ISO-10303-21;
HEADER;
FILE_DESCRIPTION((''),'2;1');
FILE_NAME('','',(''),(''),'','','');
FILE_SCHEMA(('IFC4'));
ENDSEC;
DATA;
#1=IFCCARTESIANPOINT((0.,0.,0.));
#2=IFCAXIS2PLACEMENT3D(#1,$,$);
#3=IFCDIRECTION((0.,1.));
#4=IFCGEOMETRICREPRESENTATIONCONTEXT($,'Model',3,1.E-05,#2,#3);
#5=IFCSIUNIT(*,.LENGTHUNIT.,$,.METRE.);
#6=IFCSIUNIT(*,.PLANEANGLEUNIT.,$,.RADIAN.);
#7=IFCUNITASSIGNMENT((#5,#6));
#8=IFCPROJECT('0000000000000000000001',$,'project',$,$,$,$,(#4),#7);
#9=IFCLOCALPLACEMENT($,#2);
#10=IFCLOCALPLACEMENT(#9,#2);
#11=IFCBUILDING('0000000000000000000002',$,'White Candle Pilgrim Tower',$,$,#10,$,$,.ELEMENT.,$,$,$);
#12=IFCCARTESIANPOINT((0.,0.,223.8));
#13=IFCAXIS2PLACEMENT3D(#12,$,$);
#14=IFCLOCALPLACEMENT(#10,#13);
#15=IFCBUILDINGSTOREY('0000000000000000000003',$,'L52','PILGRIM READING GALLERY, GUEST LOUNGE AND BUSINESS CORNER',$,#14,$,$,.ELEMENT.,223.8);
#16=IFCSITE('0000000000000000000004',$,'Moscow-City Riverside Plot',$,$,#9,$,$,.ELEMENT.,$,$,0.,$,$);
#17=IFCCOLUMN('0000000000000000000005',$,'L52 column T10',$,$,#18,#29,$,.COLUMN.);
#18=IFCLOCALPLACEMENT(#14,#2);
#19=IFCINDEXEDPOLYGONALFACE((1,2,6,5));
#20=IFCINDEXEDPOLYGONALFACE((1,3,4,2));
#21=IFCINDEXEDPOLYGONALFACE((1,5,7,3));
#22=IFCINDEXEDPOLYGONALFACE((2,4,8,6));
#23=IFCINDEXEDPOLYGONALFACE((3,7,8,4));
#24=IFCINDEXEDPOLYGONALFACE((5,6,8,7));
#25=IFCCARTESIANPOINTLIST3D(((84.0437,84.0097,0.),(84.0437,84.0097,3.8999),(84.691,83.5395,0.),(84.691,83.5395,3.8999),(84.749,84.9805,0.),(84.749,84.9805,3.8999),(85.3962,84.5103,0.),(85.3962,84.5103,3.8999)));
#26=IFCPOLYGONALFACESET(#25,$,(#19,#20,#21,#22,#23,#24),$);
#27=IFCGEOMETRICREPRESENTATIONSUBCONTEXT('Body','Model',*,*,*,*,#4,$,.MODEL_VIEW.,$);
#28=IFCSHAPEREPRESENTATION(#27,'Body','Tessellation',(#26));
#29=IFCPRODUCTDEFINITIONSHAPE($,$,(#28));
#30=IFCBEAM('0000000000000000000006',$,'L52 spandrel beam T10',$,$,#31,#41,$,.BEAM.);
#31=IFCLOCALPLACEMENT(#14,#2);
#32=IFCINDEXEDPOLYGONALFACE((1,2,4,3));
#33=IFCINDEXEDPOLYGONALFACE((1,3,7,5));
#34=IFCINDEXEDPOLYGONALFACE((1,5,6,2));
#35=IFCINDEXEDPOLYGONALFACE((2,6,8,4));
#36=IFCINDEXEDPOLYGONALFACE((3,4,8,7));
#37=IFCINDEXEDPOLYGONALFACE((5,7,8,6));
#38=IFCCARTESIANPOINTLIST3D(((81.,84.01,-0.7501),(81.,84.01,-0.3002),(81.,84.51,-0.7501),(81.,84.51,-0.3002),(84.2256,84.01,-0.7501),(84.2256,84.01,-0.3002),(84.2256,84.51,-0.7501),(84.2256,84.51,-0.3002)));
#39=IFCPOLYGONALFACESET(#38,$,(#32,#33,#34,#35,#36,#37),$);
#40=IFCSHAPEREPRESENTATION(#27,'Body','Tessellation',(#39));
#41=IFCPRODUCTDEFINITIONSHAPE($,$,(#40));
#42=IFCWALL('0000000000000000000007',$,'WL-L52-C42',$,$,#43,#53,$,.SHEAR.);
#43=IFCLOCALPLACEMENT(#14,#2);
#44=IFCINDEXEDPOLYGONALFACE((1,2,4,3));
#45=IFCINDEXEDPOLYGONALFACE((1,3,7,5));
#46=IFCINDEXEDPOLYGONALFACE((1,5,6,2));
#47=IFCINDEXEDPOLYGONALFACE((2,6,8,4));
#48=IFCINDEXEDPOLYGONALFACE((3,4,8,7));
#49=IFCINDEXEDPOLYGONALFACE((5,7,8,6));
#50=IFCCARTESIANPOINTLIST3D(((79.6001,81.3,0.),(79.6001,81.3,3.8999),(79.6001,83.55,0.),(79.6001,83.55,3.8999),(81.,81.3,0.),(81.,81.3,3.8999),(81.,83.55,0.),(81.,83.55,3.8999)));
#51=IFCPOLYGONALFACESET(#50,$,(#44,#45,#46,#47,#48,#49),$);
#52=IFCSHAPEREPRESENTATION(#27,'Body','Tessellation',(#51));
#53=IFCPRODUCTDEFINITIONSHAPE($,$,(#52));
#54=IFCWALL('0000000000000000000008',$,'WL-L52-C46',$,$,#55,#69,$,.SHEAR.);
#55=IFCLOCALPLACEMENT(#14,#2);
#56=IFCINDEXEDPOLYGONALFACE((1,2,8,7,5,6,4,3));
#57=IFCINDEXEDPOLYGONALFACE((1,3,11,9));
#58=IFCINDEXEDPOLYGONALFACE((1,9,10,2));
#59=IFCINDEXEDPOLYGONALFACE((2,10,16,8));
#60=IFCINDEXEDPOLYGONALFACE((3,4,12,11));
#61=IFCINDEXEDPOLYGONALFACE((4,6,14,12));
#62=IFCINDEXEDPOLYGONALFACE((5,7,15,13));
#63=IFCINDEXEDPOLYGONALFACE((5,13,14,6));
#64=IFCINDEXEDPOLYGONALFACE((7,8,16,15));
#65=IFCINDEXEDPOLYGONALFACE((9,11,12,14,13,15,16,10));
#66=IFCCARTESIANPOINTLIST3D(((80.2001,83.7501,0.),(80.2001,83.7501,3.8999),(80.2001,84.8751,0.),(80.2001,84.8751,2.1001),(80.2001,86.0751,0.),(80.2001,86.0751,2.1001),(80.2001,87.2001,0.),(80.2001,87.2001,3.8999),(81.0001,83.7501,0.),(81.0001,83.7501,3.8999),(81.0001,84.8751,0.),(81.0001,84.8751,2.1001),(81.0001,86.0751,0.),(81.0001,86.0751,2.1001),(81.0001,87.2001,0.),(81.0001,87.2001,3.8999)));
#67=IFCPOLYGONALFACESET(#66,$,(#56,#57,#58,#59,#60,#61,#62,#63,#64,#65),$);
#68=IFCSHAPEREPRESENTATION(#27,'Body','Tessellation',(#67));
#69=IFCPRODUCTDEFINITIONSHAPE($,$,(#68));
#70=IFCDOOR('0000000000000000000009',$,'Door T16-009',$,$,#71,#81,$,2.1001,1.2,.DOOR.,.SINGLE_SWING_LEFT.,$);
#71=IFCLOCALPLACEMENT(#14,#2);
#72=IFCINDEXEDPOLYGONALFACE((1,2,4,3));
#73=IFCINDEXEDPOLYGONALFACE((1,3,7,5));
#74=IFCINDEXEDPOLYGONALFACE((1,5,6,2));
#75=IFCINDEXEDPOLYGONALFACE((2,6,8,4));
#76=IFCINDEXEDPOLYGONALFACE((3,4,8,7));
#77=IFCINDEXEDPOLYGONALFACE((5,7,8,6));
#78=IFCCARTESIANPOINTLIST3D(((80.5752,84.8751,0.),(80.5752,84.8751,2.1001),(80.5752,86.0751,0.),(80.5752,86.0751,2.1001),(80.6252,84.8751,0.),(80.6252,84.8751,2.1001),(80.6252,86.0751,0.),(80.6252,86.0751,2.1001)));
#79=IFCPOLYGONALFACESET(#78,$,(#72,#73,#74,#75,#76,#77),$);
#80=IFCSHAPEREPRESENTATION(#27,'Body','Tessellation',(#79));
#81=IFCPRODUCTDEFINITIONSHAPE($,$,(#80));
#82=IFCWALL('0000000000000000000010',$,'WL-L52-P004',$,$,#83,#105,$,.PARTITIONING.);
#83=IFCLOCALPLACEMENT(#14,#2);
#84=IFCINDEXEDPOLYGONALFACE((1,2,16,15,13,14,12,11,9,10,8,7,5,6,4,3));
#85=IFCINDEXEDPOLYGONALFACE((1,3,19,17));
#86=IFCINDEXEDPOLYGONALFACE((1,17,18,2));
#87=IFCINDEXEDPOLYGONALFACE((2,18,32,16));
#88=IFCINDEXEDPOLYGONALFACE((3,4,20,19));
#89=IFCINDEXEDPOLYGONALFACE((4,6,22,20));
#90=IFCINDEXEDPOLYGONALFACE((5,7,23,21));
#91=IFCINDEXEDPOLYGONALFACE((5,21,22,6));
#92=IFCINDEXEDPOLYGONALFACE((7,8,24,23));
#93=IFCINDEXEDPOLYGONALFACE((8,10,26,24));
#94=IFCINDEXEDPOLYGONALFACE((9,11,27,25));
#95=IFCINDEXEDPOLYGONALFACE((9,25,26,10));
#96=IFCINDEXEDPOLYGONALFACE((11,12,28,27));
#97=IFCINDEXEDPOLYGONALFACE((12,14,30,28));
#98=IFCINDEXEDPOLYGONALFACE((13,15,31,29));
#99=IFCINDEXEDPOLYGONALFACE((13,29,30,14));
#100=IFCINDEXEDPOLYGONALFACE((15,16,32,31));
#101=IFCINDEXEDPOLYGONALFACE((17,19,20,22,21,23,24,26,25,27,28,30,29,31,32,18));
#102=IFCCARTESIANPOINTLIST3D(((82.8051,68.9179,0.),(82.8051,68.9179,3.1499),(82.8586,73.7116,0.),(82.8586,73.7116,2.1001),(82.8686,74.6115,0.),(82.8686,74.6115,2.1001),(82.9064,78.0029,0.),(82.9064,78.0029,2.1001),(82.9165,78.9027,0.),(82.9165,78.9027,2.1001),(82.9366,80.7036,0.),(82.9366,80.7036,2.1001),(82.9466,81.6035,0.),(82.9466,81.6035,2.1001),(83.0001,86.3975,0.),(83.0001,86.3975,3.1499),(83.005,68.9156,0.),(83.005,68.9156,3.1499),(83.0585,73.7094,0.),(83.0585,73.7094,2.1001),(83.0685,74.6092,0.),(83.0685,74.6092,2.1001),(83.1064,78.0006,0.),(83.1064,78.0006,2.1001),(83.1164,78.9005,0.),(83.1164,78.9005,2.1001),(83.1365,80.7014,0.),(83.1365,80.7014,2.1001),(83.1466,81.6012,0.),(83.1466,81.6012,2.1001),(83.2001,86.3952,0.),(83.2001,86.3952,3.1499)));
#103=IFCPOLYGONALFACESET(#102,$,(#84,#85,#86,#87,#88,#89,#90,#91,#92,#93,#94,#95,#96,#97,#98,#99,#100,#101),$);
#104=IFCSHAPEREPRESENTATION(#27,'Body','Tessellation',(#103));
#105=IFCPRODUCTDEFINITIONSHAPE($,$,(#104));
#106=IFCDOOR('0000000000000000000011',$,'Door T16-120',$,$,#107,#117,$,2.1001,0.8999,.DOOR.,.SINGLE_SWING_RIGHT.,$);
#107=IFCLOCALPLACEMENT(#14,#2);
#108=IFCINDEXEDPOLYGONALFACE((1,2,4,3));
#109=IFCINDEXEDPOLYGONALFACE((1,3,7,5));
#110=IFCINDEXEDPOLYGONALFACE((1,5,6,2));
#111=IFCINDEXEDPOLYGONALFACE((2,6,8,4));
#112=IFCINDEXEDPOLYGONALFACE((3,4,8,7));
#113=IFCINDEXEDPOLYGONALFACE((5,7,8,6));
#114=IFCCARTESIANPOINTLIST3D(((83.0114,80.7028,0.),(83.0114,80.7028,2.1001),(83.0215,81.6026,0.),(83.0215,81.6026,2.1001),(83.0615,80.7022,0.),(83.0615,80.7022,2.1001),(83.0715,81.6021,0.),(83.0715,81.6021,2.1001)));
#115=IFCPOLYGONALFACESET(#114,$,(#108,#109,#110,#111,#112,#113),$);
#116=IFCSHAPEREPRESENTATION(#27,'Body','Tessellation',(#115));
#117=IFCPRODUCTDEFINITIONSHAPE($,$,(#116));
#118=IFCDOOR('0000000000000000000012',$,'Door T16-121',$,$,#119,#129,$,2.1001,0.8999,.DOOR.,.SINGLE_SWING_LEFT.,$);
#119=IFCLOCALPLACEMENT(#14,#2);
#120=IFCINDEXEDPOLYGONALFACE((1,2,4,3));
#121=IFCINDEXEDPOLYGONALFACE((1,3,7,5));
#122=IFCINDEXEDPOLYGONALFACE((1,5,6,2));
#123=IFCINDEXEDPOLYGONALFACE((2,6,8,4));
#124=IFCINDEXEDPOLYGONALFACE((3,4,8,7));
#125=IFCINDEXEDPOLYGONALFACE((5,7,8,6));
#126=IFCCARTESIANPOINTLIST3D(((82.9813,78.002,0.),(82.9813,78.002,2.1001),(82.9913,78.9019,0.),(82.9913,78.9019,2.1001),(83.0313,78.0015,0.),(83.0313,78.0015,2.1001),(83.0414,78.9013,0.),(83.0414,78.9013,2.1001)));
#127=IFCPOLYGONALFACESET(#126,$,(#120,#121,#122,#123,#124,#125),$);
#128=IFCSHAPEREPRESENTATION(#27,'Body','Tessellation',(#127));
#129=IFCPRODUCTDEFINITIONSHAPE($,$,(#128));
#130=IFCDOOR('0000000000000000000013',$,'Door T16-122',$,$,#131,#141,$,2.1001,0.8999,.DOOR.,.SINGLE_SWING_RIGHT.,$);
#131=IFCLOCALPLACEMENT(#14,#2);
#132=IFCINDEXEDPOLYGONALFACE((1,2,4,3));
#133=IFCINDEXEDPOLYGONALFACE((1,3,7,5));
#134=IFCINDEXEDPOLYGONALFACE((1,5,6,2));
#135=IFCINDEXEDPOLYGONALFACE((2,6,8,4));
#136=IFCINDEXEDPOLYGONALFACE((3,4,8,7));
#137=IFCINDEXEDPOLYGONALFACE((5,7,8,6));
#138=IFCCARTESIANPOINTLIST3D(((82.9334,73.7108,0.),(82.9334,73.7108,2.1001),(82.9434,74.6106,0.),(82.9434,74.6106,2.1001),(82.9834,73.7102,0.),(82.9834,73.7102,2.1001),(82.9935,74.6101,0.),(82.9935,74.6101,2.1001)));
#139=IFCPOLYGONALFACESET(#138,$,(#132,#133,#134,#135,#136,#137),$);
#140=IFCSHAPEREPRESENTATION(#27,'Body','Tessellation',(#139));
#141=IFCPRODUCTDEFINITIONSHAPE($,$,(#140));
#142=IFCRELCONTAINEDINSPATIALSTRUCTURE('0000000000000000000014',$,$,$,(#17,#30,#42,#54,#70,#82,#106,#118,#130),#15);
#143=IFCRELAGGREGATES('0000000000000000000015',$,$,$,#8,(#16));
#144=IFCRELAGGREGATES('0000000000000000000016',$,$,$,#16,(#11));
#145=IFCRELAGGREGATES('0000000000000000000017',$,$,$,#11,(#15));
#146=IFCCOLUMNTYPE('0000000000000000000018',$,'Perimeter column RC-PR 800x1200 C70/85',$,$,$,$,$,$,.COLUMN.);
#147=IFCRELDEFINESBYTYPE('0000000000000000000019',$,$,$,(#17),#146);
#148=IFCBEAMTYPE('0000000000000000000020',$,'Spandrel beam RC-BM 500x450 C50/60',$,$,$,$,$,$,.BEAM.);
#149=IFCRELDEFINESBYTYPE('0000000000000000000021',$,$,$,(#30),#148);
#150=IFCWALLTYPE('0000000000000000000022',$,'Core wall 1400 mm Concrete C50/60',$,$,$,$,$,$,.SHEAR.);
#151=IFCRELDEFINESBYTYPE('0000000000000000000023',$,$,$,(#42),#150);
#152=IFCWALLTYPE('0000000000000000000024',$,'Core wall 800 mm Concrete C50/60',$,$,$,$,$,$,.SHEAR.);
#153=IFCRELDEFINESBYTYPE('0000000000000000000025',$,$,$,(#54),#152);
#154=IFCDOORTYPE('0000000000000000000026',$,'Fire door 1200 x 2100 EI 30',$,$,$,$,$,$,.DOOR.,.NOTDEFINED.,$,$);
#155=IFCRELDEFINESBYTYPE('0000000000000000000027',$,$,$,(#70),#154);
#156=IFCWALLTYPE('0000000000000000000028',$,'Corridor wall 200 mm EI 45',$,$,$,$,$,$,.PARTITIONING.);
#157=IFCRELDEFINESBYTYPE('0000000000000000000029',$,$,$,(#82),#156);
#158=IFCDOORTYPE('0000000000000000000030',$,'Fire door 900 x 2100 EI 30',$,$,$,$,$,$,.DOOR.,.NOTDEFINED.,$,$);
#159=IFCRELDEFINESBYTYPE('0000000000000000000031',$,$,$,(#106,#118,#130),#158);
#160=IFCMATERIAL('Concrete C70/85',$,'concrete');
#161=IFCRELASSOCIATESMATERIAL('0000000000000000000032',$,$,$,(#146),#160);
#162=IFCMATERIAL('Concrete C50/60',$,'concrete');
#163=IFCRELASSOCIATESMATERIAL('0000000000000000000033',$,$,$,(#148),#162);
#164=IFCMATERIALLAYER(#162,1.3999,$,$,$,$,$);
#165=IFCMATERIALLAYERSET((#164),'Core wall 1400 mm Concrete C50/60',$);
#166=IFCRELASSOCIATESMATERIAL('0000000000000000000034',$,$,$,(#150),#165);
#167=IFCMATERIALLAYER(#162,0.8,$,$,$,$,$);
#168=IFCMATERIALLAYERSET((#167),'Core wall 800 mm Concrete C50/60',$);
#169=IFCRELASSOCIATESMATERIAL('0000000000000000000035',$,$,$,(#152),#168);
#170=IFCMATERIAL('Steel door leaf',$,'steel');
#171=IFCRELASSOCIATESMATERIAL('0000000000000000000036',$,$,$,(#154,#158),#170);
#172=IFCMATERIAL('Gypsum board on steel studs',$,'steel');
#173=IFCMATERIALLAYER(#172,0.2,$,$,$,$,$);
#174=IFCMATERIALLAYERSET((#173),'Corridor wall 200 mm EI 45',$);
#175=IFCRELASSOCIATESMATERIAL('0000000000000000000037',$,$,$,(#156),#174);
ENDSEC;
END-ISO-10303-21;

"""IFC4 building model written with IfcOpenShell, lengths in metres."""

from ifc_helpers import new_model, si_unit, direction, frame, frame_2d, origin, origin_2d, place, context, subcontext, project, spatial, rectangle, extrude, material, layer, layer_set, material_profile, profile_set, type_object, element, fill, save


model = new_model("IFC4")

# Units and contexts
model_context = context("Model", 3, precision=1e-05, world=origin(), true_north=direction((0.0, 1.0)))
body_context = subcontext(model_context, "Body", "Model", "MODEL_VIEW")
ifc_project = project(units=[si_unit("LENGTHUNIT", "METRE"), si_unit("PLANEANGLEUNIT", "RADIAN")], contexts=[model_context])

# Site, building, storey
site_placement = place(None, origin())
site = spatial("IfcSite", under=ifc_project, at=site_placement, Name="Moscow-City Riverside Plot", CompositionType="ELEMENT", RefElevation=0.0)
building_placement = place(site_placement, origin())
building = spatial("IfcBuilding", under=site, at=building_placement, Name="White Candle Pilgrim Tower", CompositionType="ELEMENT")
storey_placement = place(building_placement, frame((0.0, 0.0, 223.8)))
storey = spatial("IfcBuildingStorey", under=building, at=storey_placement, Name="L52", Description="PILGRIM READING GALLERY, GUEST LOUNGE AND BUSINESS CORNER", CompositionType="ELEMENT", Elevation=223.8)

# Column
ifc_material_1 = material(Name="Concrete C70/85", Category="concrete")
ifc_material_profile_1 = material_profile(ifc_material_1, rectangle(XDim=0.8, YDim=1.2, at=origin_2d()), Name="RC-PR 800x1200")
ifc_profile_set_1 = profile_set([ifc_material_profile_1], Name="Concrete C70/85")
column_type = type_object("IfcColumnType", Name="Perimeter column RC-PR 800x1200 C70/85", PredefinedType="COLUMN", material=ifc_profile_set_1)
column_placement = place(storey_placement, frame((84.72, 84.26, 0.0), z_axis=(0.0, 0.0, 1.0), x_axis=(0.809027, -0.587771, 0.0)))
element("IfcColumn", 1, at=column_placement, inside=storey, type_object=column_type, Name="L52 column T10", PredefinedType="COLUMN", context=body_context, shape_type="SweptSolid", body=[
    extrude(rectangle(XDim=0.8, YDim=1.2, at=origin_2d()), origin(), (0.0, 0.0, 1.0), 3.8999),
])

# Beam
ifc_material_2 = material(Name="Concrete C50/60", Category="concrete")
ifc_material_profile_2 = material_profile(ifc_material_2, rectangle(XDim=0.5, YDim=0.45, at=origin_2d()), Name="RC-BM 500x450")
ifc_profile_set_2 = profile_set([ifc_material_profile_2], Name="Concrete C50/60")
beam_type = type_object("IfcBeamType", Name="Spandrel beam RC-BM 500x450 C50/60", PredefinedType="BEAM", material=ifc_profile_set_2)
beam_placement = place(storey_placement, frame((84.2256, 84.26, -0.5251), z_axis=(-1.0, 0.0, 0.0), x_axis=(0.0, -1.0, 0.0)))
element("IfcBeam", 2, at=beam_placement, inside=storey, type_object=beam_type, Name="L52 spandrel beam T10", PredefinedType="BEAM", context=body_context, shape_type="SweptSolid", body=[
    extrude(rectangle(XDim=0.5, YDim=0.45, at=origin_2d()), origin(), (0.0, 0.0, 1.0), 3.2256),
])

# Wall
ifc_layer_1 = layer(ifc_material_2, 1.3999)
ifc_layer_set_1 = layer_set([ifc_layer_1], Name="Core wall 1400 mm Concrete C50/60")
wall_type_1 = type_object("IfcWallType", Name="Core wall 1400 mm Concrete C50/60", PredefinedType="SHEAR", material=ifc_layer_set_1)
wall_1_placement = place(storey_placement, frame((80.3, 81.3, 0.0), z_axis=(0.0, 0.0, 1.0), x_axis=(0.0, 1.0, 0.0)))
element("IfcWall", 3, at=wall_1_placement, inside=storey, type_object=wall_type_1, Name="WL-L52-C42", PredefinedType="SHEAR", context=body_context, shape_type="SweptSolid", body=[
    extrude(rectangle(XDim=2.25, YDim=1.3999, at=frame_2d((1.125, 0.0))), origin(), (0.0, 0.0, 1.0), 3.8999),
])

# Wall, opening, door
ifc_layer_2 = layer(ifc_material_2, 0.8)
ifc_layer_set_2 = layer_set([ifc_layer_2], Name="Core wall 800 mm Concrete C50/60")
wall_type_2 = type_object("IfcWallType", Name="Core wall 800 mm Concrete C50/60", PredefinedType="SHEAR", material=ifc_layer_set_2)
wall_2_placement = place(storey_placement, frame((80.6001, 83.75, 0.0), z_axis=(0.0, 0.0, 1.0), x_axis=(0.0, 1.0, 0.0)))
wall_2 = element("IfcWall", 4, at=wall_2_placement, inside=storey, type_object=wall_type_2, Name="WL-L52-C46", PredefinedType="SHEAR", context=body_context, shape_type="SweptSolid", body=[
    extrude(rectangle(XDim=3.45, YDim=0.8, at=frame_2d((1.7251, 0.0))), origin(), (0.0, 0.0, 1.0), 3.8999),
])
opening_1_placement = place(wall_2_placement, frame((1.125, 0.0, 0.0)))
opening_1 = element("IfcOpeningElement", 5, at=opening_1_placement, cuts=wall_2, PredefinedType="OPENING", context=body_context, shape_type="SweptSolid", body=[
    extrude(rectangle(XDim=1.2, YDim=2.1001, at=frame_2d((0.6001, 1.05))), frame((0.0, 0.4099, 0.0), z_axis=(0.0, -1.0, 0.0), x_axis=(1.0, 0.0, 0.0)), (0.0, 0.0, 1.0), 0.8201),
])
ifc_material_3 = material(Name="Steel door leaf", Category="steel")
door_type_1 = type_object("IfcDoorType", Name="Fire door 1200 x 2100 EI 30", OperationType="NOTDEFINED", PredefinedType="DOOR", material=ifc_material_3)
door_1_placement = place(opening_1_placement, origin())
door_1 = element("IfcDoor", 6, at=door_1_placement, inside=storey, type_object=door_type_1, Name="Door T16-009", OperationType="SINGLE_SWING_LEFT", OverallHeight=2.1001, OverallWidth=1.2, PredefinedType="DOOR", context=body_context, shape_type="SweptSolid", body=[
    extrude(rectangle(XDim=1.2, YDim=2.1001, at=frame_2d((0.6001, 1.05))), frame((0.0, 0.0249, 0.0), z_axis=(0.0, -1.0, 0.0), x_axis=(1.0, 0.0, 0.0)), (0.0, 0.0, 1.0), 0.05),
])
fill(opening_1, door_1)

# Wall, openings, doors
ifc_material_4 = material(Name="Gypsum board on steel studs", Category="steel")
ifc_layer_3 = layer(ifc_material_4, 0.2)
ifc_layer_set_3 = layer_set([ifc_layer_3], Name="Corridor wall 200 mm EI 45")
wall_type_3 = type_object("IfcWallType", Name="Corridor wall 200 mm EI 45", PredefinedType="PARTITIONING", material=ifc_layer_set_3)
wall_3_placement = place(storey_placement, frame((83.1001, 86.3962, 0.0), z_axis=(0.0, 0.0, 1.0), x_axis=(-0.011159, -0.999938, 0.0)))
wall_3 = element("IfcWall", 7, at=wall_3_placement, inside=storey, type_object=wall_type_3, Name="WL-L52-P004", PredefinedType="PARTITIONING", context=body_context, shape_type="SweptSolid", body=[
    extrude(rectangle(XDim=17.4807, YDim=0.2, at=frame_2d((8.7402, 0.0))), origin(), (0.0, 0.0, 1.0), 3.1499),
])
opening_2_placement = place(wall_3_placement, frame((4.7942, 0.0, 0.0)))
opening_2 = element("IfcOpeningElement", 8, at=opening_2_placement, cuts=wall_3, PredefinedType="OPENING", context=body_context, shape_type="SweptSolid", body=[
    extrude(rectangle(XDim=0.8999, YDim=2.1001, at=frame_2d((0.45, 1.05))), frame((0.0, 0.1099, 0.0), z_axis=(0.0, -1.0, 0.0), x_axis=(1.0, 0.0, 0.0)), (0.0, 0.0, 1.0), 0.22),
])
opening_3_placement = place(wall_3_placement, frame((7.4951, 0.0, 0.0)))
opening_3 = element("IfcOpeningElement", 9, at=opening_3_placement, cuts=wall_3, PredefinedType="OPENING", context=body_context, shape_type="SweptSolid", body=[
    extrude(rectangle(XDim=0.8999, YDim=2.1001, at=frame_2d((0.45, 1.05))), frame((0.0, 0.1099, 0.0), z_axis=(0.0, -1.0, 0.0), x_axis=(1.0, 0.0, 0.0)), (0.0, 0.0, 1.0), 0.22),
])
opening_4_placement = place(wall_3_placement, frame((11.7866, 0.0, 0.0)))
opening_4 = element("IfcOpeningElement", 10, at=opening_4_placement, cuts=wall_3, PredefinedType="OPENING", context=body_context, shape_type="SweptSolid", body=[
    extrude(rectangle(XDim=0.8999, YDim=2.1001, at=frame_2d((0.45, 1.05))), frame((0.0, 0.1099, 0.0), z_axis=(0.0, -1.0, 0.0), x_axis=(1.0, 0.0, 0.0)), (0.0, 0.0, 1.0), 0.22),
])
door_type_2 = type_object("IfcDoorType", Name="Fire door 900 x 2100 EI 30", OperationType="NOTDEFINED", PredefinedType="DOOR", material=ifc_material_3)
door_2_placement = place(opening_2_placement, origin())
door_2 = element("IfcDoor", 11, at=door_2_placement, inside=storey, type_object=door_type_2, Name="Door T16-120", OperationType="SINGLE_SWING_RIGHT", OverallHeight=2.1001, OverallWidth=0.8999, PredefinedType="DOOR", context=body_context, shape_type="SweptSolid", body=[
    extrude(rectangle(XDim=0.8999, YDim=2.1001, at=frame_2d((0.45, 1.05))), frame((0.0, 0.0249, 0.0), z_axis=(0.0, -1.0, 0.0), x_axis=(1.0, 0.0, 0.0)), (0.0, 0.0, 1.0), 0.05),
])
fill(opening_2, door_2)
door_3_placement = place(opening_3_placement, origin())
door_3 = element("IfcDoor", 12, at=door_3_placement, inside=storey, type_object=door_type_2, Name="Door T16-121", OperationType="SINGLE_SWING_LEFT", OverallHeight=2.1001, OverallWidth=0.8999, PredefinedType="DOOR", context=body_context, shape_type="SweptSolid", body=[
    extrude(rectangle(XDim=0.8999, YDim=2.1001, at=frame_2d((0.45, 1.05))), frame((0.0, 0.0249, 0.0), z_axis=(0.0, -1.0, 0.0), x_axis=(1.0, 0.0, 0.0)), (0.0, 0.0, 1.0), 0.05),
])
fill(opening_3, door_3)
door_4_placement = place(opening_4_placement, origin())
door_4 = element("IfcDoor", 13, at=door_4_placement, inside=storey, type_object=door_type_2, Name="Door T16-122", OperationType="SINGLE_SWING_RIGHT", OverallHeight=2.1001, OverallWidth=0.8999, PredefinedType="DOOR", context=body_context, shape_type="SweptSolid", body=[
    extrude(rectangle(XDim=0.8999, YDim=2.1001, at=frame_2d((0.45, 1.05))), frame((0.0, 0.0249, 0.0), z_axis=(0.0, -1.0, 0.0), x_axis=(1.0, 0.0, 0.0)), (0.0, 0.0, 1.0), 0.05),
])
fill(opening_4, door_4)

save(model, "model.ifc")
